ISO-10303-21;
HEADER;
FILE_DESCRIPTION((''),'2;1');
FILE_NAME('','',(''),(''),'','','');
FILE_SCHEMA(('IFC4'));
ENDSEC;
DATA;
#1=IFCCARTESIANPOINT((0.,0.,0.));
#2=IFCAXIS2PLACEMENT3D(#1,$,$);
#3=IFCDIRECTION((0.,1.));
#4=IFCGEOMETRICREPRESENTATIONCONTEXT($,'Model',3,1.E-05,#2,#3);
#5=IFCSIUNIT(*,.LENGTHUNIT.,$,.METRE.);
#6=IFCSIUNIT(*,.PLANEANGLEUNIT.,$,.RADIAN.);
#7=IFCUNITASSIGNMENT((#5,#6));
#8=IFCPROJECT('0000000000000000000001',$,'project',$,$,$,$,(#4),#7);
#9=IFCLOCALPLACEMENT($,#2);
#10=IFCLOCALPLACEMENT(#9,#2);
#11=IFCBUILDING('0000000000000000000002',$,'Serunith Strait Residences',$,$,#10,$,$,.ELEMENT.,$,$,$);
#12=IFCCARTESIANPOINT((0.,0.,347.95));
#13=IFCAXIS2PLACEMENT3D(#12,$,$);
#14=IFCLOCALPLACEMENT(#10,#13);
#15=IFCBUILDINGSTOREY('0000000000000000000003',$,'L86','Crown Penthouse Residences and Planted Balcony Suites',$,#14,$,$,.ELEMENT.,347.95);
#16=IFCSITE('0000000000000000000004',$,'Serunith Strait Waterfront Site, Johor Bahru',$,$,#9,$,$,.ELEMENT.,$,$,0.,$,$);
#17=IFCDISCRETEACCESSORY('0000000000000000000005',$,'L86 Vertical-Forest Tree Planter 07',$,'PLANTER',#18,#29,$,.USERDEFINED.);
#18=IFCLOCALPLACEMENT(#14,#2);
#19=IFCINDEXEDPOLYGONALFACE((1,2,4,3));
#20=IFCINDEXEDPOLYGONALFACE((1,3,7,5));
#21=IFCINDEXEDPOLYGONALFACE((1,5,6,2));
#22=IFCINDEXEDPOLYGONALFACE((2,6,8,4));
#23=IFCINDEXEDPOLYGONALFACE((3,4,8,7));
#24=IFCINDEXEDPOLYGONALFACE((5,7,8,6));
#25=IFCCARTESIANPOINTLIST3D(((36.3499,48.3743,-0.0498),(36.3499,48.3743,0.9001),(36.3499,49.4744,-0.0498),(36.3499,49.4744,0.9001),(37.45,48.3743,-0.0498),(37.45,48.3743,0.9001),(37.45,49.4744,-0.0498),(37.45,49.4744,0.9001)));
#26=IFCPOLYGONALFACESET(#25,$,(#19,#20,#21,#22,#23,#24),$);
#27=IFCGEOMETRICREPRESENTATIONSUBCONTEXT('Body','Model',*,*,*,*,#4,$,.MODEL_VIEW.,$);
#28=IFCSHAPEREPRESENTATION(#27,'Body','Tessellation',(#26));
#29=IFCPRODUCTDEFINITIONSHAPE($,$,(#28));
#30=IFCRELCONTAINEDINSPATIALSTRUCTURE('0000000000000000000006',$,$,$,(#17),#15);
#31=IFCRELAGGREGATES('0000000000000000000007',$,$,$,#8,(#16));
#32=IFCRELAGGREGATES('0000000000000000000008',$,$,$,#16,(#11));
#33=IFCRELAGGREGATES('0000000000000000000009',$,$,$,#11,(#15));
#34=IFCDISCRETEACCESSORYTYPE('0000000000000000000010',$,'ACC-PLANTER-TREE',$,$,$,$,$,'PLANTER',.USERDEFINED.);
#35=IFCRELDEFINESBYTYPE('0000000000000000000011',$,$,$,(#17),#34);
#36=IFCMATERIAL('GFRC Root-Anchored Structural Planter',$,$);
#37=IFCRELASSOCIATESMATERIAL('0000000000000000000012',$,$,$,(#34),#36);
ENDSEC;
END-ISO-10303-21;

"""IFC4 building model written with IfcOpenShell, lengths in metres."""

from ifc_helpers import new_model, si_unit, direction, frame, origin, origin_2d, place, context, subcontext, project, spatial, rectangle, extrude, source, transform, mapped, material, type_object, element, save


model = new_model("IFC4")

# Units and contexts
model_context = context("Model", 3, precision=1e-05, world=origin(), true_north=direction((0.0, 1.0)))
body_context = subcontext(model_context, "Body", "Model", "MODEL_VIEW")
ifc_project = project(units=[si_unit("LENGTHUNIT", "METRE"), si_unit("PLANEANGLEUNIT", "RADIAN")], contexts=[model_context])

# Site, building, storey
site_placement = place(None, origin())
site = spatial("IfcSite", under=ifc_project, at=site_placement, Name="Serunith Strait Waterfront Site, Johor Bahru", CompositionType="ELEMENT", RefElevation=0.0)
building_placement = place(site_placement, origin())
building = spatial("IfcBuilding", under=site, at=building_placement, Name="Serunith Strait Residences", CompositionType="ELEMENT")
storey_placement = place(building_placement, frame((0.0, 0.0, 347.95)))
storey = spatial("IfcBuildingStorey", under=building, at=storey_placement, Name="L86", Description="Crown Penthouse Residences and Planted Balcony Suites", CompositionType="ELEMENT", Elevation=347.95)

# Discrete accessory
ifc_material_1 = material(Name="GFRC Root-Anchored Structural Planter")
discrete_accessory_type = type_object("IfcDiscreteAccessoryType", Name="ACC-PLANTER-TREE", ElementType="PLANTER", PredefinedType="USERDEFINED", material=ifc_material_1)
shared_shape_1 = source(origin(), body_context, "Body", "SweptSolid", [
    extrude(rectangle(XDim=1.1001, YDim=1.1001, at=origin_2d()), origin(), (0.0, 0.0, 1.0), 0.95),
])
discrete_accessory_placement = place(storey_placement, frame((36.8999, 48.9243, -0.0498), z_axis=(0.0, 0.0, 1.0), x_axis=(-1.0, 0.0, 0.0)))
element("IfcDiscreteAccessory", 1, at=discrete_accessory_placement, inside=storey, type_object=discrete_accessory_type, Name="L86 Vertical-Forest Tree Planter 07", ObjectType="PLANTER", PredefinedType="USERDEFINED", context=body_context, shape_type="MappedRepresentation", body=[
    mapped(shared_shape_1, transform((0.0, 0.0, 0.0), scale=1.0)),
])

save(model, "model.ifc")
